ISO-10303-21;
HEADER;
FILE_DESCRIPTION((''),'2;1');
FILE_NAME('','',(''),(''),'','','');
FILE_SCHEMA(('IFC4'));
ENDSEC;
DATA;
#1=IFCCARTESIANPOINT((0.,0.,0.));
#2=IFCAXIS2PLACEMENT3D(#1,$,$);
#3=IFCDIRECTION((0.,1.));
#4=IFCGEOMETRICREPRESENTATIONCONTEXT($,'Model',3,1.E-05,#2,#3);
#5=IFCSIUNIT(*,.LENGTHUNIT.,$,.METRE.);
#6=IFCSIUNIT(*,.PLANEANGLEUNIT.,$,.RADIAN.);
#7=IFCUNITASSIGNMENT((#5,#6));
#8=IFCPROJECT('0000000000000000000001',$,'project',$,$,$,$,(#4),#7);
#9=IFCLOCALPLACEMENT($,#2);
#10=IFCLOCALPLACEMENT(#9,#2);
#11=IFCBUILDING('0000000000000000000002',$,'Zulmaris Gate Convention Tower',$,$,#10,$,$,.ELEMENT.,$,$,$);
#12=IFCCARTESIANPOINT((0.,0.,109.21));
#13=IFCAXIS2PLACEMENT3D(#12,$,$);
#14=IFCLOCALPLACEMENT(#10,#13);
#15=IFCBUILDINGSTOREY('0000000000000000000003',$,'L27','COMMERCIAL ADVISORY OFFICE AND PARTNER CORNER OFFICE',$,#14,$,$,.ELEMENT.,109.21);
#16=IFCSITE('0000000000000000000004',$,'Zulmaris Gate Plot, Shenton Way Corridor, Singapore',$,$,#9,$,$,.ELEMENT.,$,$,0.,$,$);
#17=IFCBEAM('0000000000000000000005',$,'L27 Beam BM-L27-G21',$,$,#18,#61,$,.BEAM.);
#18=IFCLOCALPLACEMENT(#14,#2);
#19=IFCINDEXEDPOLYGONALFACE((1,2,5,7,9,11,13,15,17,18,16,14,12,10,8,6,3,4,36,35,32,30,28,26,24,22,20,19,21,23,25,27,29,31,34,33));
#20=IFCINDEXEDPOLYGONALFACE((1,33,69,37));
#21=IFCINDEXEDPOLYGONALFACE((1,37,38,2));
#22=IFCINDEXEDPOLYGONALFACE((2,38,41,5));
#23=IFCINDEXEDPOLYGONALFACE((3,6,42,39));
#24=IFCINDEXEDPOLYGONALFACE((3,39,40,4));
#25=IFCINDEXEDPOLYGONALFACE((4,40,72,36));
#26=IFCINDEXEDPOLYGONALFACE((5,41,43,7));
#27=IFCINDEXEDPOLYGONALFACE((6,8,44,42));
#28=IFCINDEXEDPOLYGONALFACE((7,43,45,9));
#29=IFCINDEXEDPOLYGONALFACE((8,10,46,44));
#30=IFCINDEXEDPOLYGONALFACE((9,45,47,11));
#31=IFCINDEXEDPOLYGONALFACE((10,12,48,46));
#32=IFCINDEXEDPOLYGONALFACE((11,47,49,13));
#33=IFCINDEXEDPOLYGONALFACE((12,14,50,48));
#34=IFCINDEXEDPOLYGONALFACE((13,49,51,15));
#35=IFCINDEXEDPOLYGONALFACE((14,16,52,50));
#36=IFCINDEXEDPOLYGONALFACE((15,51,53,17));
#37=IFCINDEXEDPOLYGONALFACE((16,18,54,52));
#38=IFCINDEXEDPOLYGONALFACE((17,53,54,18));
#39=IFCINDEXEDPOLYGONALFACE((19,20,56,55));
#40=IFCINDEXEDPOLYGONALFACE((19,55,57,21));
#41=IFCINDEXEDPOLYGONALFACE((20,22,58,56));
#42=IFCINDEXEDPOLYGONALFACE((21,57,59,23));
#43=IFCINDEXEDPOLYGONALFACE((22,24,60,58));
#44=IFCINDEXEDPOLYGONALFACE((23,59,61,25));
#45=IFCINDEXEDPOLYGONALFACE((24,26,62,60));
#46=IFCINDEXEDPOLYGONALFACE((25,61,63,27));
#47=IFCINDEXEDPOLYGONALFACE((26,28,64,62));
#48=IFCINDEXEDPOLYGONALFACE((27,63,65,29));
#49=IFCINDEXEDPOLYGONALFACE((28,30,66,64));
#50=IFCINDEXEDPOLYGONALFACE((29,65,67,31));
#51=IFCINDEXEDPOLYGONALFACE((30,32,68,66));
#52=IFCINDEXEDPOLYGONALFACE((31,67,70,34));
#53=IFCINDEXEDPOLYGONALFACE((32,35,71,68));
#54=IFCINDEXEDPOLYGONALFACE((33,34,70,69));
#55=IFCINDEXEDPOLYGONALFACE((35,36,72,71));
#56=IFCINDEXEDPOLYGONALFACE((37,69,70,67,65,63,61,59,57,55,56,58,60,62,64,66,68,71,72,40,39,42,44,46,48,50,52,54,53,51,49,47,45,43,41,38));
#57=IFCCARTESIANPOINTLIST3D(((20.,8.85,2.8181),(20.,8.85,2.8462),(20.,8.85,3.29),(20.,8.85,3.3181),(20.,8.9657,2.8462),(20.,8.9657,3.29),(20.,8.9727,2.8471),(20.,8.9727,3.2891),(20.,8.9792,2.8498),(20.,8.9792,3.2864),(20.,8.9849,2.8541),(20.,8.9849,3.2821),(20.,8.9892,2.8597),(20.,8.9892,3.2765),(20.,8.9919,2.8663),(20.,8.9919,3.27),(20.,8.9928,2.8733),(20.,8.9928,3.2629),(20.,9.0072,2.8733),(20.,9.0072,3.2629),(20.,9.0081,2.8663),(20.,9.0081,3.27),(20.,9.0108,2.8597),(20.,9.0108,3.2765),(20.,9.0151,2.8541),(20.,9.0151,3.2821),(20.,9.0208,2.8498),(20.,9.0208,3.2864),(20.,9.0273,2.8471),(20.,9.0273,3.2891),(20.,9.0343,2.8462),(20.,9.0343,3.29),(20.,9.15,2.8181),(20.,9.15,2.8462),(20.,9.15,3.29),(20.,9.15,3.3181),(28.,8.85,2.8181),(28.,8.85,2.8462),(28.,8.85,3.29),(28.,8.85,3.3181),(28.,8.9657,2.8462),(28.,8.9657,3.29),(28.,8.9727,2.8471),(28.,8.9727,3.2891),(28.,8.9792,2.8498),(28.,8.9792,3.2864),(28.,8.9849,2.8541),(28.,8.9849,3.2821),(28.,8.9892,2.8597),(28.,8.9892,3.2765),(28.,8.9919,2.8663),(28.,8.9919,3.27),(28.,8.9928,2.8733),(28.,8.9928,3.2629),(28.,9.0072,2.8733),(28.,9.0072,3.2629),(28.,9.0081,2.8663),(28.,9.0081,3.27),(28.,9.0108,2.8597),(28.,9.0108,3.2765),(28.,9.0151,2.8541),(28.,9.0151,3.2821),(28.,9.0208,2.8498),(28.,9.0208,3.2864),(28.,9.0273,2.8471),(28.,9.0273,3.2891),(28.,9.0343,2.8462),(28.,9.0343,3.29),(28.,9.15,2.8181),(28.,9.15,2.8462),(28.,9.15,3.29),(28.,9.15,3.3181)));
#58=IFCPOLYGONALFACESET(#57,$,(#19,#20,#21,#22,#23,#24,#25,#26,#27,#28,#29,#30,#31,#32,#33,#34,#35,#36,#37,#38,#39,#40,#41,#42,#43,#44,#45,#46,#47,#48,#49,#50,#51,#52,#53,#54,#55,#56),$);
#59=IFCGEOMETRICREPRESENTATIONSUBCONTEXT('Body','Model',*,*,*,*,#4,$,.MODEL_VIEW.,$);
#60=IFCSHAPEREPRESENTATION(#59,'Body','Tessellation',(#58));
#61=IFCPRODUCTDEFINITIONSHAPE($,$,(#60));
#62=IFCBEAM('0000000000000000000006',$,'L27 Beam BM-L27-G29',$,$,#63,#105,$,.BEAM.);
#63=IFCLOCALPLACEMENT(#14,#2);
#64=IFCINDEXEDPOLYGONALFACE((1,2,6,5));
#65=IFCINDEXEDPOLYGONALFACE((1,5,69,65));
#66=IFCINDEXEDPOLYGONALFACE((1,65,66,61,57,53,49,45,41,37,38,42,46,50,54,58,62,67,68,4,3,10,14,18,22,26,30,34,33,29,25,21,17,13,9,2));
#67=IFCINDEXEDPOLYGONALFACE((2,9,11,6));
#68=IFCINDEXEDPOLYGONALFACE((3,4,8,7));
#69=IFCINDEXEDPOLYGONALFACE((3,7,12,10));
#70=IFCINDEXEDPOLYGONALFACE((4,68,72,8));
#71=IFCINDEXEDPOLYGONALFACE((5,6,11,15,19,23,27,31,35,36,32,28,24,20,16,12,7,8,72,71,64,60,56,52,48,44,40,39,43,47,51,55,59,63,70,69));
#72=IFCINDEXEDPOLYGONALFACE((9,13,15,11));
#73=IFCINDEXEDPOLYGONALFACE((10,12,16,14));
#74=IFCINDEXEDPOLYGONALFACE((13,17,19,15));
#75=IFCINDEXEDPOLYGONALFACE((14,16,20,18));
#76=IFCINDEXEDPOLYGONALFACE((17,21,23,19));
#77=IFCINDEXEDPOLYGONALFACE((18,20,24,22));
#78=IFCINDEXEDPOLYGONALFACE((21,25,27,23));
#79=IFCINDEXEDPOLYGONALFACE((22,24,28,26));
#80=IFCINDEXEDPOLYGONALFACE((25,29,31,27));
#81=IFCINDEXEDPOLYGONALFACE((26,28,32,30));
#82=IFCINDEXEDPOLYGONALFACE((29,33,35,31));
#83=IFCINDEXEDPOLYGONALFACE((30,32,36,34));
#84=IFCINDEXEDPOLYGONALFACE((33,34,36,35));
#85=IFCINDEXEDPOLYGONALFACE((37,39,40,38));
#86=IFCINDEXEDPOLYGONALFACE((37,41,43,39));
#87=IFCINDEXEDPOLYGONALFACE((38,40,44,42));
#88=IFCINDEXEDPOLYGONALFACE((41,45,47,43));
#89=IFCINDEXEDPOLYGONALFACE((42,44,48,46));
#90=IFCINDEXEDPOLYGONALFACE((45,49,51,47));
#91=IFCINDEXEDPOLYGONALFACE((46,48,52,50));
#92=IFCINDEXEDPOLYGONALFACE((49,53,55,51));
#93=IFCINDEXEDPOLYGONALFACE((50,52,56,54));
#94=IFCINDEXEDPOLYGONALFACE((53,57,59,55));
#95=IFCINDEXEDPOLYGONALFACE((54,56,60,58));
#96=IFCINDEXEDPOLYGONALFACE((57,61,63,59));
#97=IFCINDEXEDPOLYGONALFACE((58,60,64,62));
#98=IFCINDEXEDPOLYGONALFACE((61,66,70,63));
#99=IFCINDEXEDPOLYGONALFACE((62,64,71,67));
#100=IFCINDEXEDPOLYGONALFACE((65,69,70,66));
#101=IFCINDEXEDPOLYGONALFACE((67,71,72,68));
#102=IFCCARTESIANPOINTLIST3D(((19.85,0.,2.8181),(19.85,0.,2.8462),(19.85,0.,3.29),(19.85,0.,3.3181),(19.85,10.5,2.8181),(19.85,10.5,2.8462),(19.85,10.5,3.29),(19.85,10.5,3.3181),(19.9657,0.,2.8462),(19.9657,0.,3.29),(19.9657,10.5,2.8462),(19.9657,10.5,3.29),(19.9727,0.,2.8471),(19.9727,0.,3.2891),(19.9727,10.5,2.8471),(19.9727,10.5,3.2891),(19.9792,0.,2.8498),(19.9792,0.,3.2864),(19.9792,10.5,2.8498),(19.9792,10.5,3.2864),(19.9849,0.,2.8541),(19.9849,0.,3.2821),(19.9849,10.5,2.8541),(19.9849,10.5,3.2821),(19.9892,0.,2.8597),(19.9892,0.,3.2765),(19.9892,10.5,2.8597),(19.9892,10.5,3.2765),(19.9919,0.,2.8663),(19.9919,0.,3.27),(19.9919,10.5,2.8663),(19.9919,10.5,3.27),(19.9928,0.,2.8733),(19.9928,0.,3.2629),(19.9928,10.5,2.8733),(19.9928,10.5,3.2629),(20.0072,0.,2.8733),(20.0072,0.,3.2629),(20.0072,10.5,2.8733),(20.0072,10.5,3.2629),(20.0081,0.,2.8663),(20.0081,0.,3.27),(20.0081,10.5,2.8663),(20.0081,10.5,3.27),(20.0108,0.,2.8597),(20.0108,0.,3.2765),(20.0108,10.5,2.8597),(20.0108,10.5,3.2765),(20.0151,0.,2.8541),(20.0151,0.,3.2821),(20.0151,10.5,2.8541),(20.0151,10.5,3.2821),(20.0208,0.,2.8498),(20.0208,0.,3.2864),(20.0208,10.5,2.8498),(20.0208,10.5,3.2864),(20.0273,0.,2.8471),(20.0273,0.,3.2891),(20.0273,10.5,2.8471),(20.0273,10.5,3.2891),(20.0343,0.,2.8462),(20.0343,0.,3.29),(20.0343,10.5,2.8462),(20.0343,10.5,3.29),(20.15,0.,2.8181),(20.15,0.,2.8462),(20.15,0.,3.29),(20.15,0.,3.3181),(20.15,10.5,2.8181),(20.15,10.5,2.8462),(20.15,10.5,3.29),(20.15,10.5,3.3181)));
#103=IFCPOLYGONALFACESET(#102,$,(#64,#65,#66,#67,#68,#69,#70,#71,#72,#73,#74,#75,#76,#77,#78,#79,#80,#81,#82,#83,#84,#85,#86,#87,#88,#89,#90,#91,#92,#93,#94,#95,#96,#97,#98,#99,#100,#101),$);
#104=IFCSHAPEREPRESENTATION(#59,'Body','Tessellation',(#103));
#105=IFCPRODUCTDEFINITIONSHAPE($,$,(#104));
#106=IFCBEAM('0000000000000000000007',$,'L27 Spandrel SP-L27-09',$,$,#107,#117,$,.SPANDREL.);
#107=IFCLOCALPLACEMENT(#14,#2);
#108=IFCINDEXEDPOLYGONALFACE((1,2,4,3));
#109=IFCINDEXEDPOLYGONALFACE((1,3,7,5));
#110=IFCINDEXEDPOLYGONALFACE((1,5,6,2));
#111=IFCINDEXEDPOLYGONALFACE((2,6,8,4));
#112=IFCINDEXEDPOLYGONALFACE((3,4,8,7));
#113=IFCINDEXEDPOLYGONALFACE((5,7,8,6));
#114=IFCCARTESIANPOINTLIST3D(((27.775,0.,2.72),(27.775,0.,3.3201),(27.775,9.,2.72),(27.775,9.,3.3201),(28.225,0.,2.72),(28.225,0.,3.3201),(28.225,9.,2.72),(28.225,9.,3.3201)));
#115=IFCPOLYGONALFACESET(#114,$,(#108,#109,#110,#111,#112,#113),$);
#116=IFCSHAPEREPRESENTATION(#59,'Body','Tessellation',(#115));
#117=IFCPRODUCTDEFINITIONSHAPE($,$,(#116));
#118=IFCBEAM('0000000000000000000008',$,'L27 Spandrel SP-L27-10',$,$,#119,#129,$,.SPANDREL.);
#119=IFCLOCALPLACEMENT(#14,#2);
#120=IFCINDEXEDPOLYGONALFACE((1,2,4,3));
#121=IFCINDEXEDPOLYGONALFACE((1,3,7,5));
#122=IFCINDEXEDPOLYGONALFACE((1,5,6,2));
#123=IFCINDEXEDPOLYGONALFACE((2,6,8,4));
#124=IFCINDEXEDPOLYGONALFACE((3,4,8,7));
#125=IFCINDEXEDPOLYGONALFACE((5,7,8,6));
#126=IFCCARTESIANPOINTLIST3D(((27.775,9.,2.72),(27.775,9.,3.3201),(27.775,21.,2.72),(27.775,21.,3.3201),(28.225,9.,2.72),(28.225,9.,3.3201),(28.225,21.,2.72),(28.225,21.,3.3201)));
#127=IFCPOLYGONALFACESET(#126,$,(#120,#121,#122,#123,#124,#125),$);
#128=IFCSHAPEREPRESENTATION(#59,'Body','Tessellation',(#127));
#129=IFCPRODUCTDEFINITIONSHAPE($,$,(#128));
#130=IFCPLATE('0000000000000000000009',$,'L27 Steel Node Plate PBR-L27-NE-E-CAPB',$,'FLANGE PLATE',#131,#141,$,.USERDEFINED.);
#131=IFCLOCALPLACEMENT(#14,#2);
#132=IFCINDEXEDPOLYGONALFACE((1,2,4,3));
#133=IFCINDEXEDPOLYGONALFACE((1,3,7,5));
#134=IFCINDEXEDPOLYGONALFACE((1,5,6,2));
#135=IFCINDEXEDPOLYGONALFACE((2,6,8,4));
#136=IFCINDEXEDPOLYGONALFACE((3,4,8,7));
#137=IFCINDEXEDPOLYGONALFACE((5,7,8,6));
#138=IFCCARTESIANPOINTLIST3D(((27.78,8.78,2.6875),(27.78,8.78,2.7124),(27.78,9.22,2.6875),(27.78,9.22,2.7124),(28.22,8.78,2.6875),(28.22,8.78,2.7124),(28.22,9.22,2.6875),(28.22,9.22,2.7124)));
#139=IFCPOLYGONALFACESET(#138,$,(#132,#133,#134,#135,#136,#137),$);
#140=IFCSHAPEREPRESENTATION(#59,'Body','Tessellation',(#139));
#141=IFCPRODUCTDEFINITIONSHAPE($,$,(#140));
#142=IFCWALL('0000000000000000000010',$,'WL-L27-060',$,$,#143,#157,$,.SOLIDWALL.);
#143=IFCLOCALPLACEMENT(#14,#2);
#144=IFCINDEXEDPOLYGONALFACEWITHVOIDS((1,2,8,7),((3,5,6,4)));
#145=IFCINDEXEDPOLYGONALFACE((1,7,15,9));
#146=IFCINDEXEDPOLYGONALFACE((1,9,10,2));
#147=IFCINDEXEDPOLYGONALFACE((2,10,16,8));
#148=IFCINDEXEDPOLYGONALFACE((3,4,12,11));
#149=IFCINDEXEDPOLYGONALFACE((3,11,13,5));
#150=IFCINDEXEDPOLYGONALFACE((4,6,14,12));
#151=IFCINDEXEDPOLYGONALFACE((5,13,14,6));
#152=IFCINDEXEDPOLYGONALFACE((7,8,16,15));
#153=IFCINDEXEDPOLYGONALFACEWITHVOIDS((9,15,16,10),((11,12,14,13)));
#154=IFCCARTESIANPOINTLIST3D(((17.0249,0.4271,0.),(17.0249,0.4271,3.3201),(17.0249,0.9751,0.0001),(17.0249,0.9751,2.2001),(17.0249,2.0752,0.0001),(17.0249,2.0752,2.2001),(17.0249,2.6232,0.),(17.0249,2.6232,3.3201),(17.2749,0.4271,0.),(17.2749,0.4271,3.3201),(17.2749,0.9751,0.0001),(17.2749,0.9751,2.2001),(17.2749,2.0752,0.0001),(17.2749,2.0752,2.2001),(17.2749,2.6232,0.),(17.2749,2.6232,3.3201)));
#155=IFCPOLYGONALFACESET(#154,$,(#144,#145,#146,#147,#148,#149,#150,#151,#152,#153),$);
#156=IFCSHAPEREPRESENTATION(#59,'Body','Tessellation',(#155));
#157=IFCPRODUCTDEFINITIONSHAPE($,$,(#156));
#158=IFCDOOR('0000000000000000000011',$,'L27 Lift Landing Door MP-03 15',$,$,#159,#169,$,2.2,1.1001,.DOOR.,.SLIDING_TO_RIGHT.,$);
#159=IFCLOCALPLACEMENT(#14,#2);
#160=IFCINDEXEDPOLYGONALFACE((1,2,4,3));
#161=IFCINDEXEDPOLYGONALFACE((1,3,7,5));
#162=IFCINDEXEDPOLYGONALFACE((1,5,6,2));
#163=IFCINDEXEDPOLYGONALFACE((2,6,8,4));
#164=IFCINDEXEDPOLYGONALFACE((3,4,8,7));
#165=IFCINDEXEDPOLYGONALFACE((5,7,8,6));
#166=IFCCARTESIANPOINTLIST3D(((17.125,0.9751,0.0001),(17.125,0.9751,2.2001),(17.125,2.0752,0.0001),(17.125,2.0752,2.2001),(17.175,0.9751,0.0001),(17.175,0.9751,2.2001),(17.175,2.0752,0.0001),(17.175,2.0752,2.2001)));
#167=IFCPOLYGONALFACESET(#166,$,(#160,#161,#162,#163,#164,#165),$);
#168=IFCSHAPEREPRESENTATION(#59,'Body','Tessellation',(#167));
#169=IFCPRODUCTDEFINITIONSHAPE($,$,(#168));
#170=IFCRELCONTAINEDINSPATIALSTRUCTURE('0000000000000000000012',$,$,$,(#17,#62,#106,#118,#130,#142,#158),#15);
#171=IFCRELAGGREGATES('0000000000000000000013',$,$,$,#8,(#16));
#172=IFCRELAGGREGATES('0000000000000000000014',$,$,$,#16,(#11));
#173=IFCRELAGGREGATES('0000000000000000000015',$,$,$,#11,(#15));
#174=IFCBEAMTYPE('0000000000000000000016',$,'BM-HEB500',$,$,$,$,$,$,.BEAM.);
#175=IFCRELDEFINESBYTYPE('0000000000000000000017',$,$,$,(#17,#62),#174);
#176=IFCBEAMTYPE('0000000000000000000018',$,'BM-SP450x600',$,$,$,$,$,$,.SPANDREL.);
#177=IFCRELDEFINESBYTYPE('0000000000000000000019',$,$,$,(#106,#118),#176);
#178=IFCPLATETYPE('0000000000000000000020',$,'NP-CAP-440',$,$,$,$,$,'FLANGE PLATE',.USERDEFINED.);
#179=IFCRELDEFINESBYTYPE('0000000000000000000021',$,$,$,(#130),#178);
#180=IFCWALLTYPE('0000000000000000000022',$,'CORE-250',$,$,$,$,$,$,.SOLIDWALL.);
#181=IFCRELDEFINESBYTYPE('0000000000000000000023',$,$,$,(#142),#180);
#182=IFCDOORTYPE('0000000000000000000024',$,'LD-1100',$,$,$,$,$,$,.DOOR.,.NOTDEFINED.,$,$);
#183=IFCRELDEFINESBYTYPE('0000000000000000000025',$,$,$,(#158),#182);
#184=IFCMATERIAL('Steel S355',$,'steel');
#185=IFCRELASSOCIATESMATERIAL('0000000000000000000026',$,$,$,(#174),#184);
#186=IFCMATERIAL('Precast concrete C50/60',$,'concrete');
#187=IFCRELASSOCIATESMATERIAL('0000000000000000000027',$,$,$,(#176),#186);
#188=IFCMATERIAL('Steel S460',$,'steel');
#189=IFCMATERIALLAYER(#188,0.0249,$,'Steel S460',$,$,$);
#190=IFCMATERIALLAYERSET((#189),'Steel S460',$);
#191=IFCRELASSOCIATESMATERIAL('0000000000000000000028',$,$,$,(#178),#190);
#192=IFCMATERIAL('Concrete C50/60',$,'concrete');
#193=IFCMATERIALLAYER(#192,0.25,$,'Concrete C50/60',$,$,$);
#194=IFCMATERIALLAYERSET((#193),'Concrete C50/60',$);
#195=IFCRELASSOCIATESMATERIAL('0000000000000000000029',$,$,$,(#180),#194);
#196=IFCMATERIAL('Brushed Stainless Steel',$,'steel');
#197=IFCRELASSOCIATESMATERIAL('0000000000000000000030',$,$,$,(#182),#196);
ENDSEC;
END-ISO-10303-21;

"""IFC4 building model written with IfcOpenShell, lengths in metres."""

from ifc_helpers import new_model, si_unit, direction, frame, frame_2d, origin, origin_2d, place, context, subcontext, project, spatial, rectangle, i_section, extrude, material, layer, layer_set, material_profile, profile_set, type_object, element, fill, save


model = new_model("IFC4")

# Units and contexts
model_context = context("Model", 3, precision=1e-05, world=origin(), true_north=direction((0.0, 1.0)))
body_context = subcontext(model_context, "Body", "Model", "MODEL_VIEW")
ifc_project = project(units=[si_unit("LENGTHUNIT", "METRE"), si_unit("PLANEANGLEUNIT", "RADIAN")], contexts=[model_context])

# Site, building, storey
site_placement = place(None, origin())
site = spatial("IfcSite", under=ifc_project, at=site_placement, Name="Zulmaris Gate Plot, Shenton Way Corridor, Singapore", CompositionType="ELEMENT", RefElevation=0.0)
building_placement = place(site_placement, origin())
building = spatial("IfcBuilding", under=site, at=building_placement, Name="Zulmaris Gate Convention Tower", CompositionType="ELEMENT")
storey_placement = place(building_placement, frame((0.0, 0.0, 109.21)))
storey = spatial("IfcBuildingStorey", under=building, at=storey_placement, Name="L27", Description="COMMERCIAL ADVISORY OFFICE AND PARTNER CORNER OFFICE", CompositionType="ELEMENT", Elevation=109.21)

# Beams
ifc_material_1 = material(Name="Steel S355", Category="steel")
ifc_material_profile_1 = material_profile(ifc_material_1, i_section(OverallWidth=0.3, OverallDepth=0.5, WebThickness=0.0144, FlangeThickness=0.0281, FilletRadius=0.0271, at=origin_2d()), Name="HEB 500")
ifc_profile_set_1 = profile_set([ifc_material_profile_1], Name="Steel S355")
beam_type_1 = type_object("IfcBeamType", Name="BM-HEB500", PredefinedType="BEAM", material=ifc_profile_set_1)
for number, where, z_axis, x_axis, name in (
    (1, (20.0, 9.0, 3.0681), (1.0, 0.0, 0.0), (0.0, 1.0, 0.0), "L27 Beam BM-L27-G21"),
):
    element("IfcBeam", number, at=place(storey_placement, frame(where, z_axis=z_axis, x_axis=x_axis)), inside=storey, type_object=beam_type_1, Name=name, PredefinedType="BEAM", context=body_context, shape_type="SweptSolid", body=[
        extrude(i_section(OverallWidth=0.3, OverallDepth=0.5, WebThickness=0.0144, FlangeThickness=0.0281, FilletRadius=0.0271, at=origin_2d()), origin(), (0.0, 0.0, 1.0), 8.0),
    ])
beam_1_placement = place(storey_placement, frame((20.0, 0.0, 3.0681), z_axis=(0.0, 1.0, 0.0), x_axis=(-1.0, 0.0, 0.0)))
element("IfcBeam", 2, at=beam_1_placement, inside=storey, type_object=beam_type_1, Name="L27 Beam BM-L27-G29", PredefinedType="BEAM", context=body_context, shape_type="SweptSolid", body=[
    extrude(i_section(OverallWidth=0.3, OverallDepth=0.5, WebThickness=0.0144, FlangeThickness=0.0281, FilletRadius=0.0271, at=origin_2d()), origin(), (0.0, 0.0, 1.0), 10.5),
])
ifc_material_2 = material(Name="Precast concrete C50/60", Category="concrete")
ifc_material_profile_2 = material_profile(ifc_material_2, rectangle(XDim=0.45, YDim=0.6001, at=origin_2d()), Name="RC SPANDREL 450x600")
ifc_profile_set_2 = profile_set([ifc_material_profile_2], Name="Precast concrete C50/60")
beam_type_2 = type_object("IfcBeamType", Name="BM-SP450x600", PredefinedType="SPANDREL", material=ifc_profile_set_2)
beam_2_placement = place(storey_placement, frame((28.0, 0.0, 3.02), z_axis=(0.0, 1.0, 0.0), x_axis=(-1.0, 0.0, 0.0)))
element("IfcBeam", 3, at=beam_2_placement, inside=storey, type_object=beam_type_2, Name="L27 Spandrel SP-L27-09", PredefinedType="SPANDREL", context=body_context, shape_type="SweptSolid", body=[
    extrude(rectangle(XDim=0.45, YDim=0.6001, at=origin_2d()), origin(), (0.0, 0.0, 1.0), 9.0),
])
beam_3_placement = place(storey_placement, frame((28.0, 9.0, 3.02), z_axis=(0.0, 1.0, 0.0), x_axis=(-1.0, 0.0, 0.0)))
element("IfcBeam", 4, at=beam_3_placement, inside=storey, type_object=beam_type_2, Name="L27 Spandrel SP-L27-10", PredefinedType="SPANDREL", context=body_context, shape_type="SweptSolid", body=[
    extrude(rectangle(XDim=0.45, YDim=0.6001, at=origin_2d()), origin(), (0.0, 0.0, 1.0), 12.0),
])

# Plate
ifc_material_3 = material(Name="Steel S460", Category="steel")
ifc_layer_1 = layer(ifc_material_3, 0.0249, Name="Steel S460")
ifc_layer_set_1 = layer_set([ifc_layer_1], Name="Steel S460")
plate_type = type_object("IfcPlateType", Name="NP-CAP-440", ElementType="FLANGE PLATE", PredefinedType="USERDEFINED", material=ifc_layer_set_1)
plate_placement = place(storey_placement, frame((28.0, 9.0, 2.6875), z_axis=(0.0, 0.0, 1.0), x_axis=(1.0, 0.0, 0.0)))
element("IfcPlate", 5, at=plate_placement, inside=storey, type_object=plate_type, Name="L27 Steel Node Plate PBR-L27-NE-E-CAPB", ObjectType="FLANGE PLATE", PredefinedType="USERDEFINED", context=body_context, shape_type="SweptSolid", body=[
    extrude(rectangle(XDim=0.4399, YDim=0.4399, at=origin_2d()), origin(), (0.0, 0.0, 1.0), 0.0249),
])

# Wall, opening, door
ifc_material_4 = material(Name="Concrete C50/60", Category="concrete")
ifc_layer_2 = layer(ifc_material_4, 0.25, Name="Concrete C50/60")
ifc_layer_set_2 = layer_set([ifc_layer_2], Name="Concrete C50/60")
wall_type_1 = type_object("IfcWallType", Name="CORE-250", PredefinedType="SOLIDWALL", material=ifc_layer_set_2)
wall_1_placement = place(storey_placement, frame((17.1499, 0.427, 0.0), z_axis=(0.0, 0.0, 1.0), x_axis=(0.0, 1.0, 0.0)))
wall_1 = element("IfcWall", 6, at=wall_1_placement, inside=storey, type_object=wall_type_1, Name="WL-L27-060", PredefinedType="SOLIDWALL", context=body_context, shape_type="SweptSolid", body=[
    extrude(rectangle(XDim=2.196, YDim=0.25, at=frame_2d((1.0981, 0.0))), origin(), (0.0, 0.0, 1.0), 3.3201),
])
opening_1_placement = place(wall_1_placement, frame((0.5481, 0.0, 0.0)))
opening_1 = element("IfcOpeningElement", 7, at=opening_1_placement, cuts=wall_1, PredefinedType="OPENING", context=body_context, shape_type="SweptSolid", body=[
    extrude(rectangle(XDim=1.1001, YDim=2.2, at=frame_2d((0.55, 1.1001))), frame((0.0, 0.135, 0.0), z_axis=(0.0, -1.0, 0.0), x_axis=(1.0, 0.0, 0.0)), (0.0, 0.0, 1.0), 0.27),
])
ifc_material_5 = material(Name="Brushed Stainless Steel", Category="steel")
door_type_1 = type_object("IfcDoorType", Name="LD-1100", OperationType="NOTDEFINED", PredefinedType="DOOR", material=ifc_material_5)
door_1_placement = place(opening_1_placement, origin())
door_1 = element("IfcDoor", 8, at=door_1_placement, inside=storey, type_object=door_type_1, Name="L27 Lift Landing Door MP-03 15", OperationType="SLIDING_TO_RIGHT", OverallHeight=2.2, OverallWidth=1.1001, PredefinedType="DOOR", context=body_context, shape_type="SweptSolid", body=[
    extrude(rectangle(XDim=1.1001, YDim=2.2, at=frame_2d((0.55, 1.1001))), frame((0.0, 0.0249, 0.0), z_axis=(0.0, -1.0, 0.0), x_axis=(1.0, 0.0, 0.0)), (0.0, 0.0, 1.0), 0.05),
])
fill(opening_1, door_1)

save(model, "model.ifc")
